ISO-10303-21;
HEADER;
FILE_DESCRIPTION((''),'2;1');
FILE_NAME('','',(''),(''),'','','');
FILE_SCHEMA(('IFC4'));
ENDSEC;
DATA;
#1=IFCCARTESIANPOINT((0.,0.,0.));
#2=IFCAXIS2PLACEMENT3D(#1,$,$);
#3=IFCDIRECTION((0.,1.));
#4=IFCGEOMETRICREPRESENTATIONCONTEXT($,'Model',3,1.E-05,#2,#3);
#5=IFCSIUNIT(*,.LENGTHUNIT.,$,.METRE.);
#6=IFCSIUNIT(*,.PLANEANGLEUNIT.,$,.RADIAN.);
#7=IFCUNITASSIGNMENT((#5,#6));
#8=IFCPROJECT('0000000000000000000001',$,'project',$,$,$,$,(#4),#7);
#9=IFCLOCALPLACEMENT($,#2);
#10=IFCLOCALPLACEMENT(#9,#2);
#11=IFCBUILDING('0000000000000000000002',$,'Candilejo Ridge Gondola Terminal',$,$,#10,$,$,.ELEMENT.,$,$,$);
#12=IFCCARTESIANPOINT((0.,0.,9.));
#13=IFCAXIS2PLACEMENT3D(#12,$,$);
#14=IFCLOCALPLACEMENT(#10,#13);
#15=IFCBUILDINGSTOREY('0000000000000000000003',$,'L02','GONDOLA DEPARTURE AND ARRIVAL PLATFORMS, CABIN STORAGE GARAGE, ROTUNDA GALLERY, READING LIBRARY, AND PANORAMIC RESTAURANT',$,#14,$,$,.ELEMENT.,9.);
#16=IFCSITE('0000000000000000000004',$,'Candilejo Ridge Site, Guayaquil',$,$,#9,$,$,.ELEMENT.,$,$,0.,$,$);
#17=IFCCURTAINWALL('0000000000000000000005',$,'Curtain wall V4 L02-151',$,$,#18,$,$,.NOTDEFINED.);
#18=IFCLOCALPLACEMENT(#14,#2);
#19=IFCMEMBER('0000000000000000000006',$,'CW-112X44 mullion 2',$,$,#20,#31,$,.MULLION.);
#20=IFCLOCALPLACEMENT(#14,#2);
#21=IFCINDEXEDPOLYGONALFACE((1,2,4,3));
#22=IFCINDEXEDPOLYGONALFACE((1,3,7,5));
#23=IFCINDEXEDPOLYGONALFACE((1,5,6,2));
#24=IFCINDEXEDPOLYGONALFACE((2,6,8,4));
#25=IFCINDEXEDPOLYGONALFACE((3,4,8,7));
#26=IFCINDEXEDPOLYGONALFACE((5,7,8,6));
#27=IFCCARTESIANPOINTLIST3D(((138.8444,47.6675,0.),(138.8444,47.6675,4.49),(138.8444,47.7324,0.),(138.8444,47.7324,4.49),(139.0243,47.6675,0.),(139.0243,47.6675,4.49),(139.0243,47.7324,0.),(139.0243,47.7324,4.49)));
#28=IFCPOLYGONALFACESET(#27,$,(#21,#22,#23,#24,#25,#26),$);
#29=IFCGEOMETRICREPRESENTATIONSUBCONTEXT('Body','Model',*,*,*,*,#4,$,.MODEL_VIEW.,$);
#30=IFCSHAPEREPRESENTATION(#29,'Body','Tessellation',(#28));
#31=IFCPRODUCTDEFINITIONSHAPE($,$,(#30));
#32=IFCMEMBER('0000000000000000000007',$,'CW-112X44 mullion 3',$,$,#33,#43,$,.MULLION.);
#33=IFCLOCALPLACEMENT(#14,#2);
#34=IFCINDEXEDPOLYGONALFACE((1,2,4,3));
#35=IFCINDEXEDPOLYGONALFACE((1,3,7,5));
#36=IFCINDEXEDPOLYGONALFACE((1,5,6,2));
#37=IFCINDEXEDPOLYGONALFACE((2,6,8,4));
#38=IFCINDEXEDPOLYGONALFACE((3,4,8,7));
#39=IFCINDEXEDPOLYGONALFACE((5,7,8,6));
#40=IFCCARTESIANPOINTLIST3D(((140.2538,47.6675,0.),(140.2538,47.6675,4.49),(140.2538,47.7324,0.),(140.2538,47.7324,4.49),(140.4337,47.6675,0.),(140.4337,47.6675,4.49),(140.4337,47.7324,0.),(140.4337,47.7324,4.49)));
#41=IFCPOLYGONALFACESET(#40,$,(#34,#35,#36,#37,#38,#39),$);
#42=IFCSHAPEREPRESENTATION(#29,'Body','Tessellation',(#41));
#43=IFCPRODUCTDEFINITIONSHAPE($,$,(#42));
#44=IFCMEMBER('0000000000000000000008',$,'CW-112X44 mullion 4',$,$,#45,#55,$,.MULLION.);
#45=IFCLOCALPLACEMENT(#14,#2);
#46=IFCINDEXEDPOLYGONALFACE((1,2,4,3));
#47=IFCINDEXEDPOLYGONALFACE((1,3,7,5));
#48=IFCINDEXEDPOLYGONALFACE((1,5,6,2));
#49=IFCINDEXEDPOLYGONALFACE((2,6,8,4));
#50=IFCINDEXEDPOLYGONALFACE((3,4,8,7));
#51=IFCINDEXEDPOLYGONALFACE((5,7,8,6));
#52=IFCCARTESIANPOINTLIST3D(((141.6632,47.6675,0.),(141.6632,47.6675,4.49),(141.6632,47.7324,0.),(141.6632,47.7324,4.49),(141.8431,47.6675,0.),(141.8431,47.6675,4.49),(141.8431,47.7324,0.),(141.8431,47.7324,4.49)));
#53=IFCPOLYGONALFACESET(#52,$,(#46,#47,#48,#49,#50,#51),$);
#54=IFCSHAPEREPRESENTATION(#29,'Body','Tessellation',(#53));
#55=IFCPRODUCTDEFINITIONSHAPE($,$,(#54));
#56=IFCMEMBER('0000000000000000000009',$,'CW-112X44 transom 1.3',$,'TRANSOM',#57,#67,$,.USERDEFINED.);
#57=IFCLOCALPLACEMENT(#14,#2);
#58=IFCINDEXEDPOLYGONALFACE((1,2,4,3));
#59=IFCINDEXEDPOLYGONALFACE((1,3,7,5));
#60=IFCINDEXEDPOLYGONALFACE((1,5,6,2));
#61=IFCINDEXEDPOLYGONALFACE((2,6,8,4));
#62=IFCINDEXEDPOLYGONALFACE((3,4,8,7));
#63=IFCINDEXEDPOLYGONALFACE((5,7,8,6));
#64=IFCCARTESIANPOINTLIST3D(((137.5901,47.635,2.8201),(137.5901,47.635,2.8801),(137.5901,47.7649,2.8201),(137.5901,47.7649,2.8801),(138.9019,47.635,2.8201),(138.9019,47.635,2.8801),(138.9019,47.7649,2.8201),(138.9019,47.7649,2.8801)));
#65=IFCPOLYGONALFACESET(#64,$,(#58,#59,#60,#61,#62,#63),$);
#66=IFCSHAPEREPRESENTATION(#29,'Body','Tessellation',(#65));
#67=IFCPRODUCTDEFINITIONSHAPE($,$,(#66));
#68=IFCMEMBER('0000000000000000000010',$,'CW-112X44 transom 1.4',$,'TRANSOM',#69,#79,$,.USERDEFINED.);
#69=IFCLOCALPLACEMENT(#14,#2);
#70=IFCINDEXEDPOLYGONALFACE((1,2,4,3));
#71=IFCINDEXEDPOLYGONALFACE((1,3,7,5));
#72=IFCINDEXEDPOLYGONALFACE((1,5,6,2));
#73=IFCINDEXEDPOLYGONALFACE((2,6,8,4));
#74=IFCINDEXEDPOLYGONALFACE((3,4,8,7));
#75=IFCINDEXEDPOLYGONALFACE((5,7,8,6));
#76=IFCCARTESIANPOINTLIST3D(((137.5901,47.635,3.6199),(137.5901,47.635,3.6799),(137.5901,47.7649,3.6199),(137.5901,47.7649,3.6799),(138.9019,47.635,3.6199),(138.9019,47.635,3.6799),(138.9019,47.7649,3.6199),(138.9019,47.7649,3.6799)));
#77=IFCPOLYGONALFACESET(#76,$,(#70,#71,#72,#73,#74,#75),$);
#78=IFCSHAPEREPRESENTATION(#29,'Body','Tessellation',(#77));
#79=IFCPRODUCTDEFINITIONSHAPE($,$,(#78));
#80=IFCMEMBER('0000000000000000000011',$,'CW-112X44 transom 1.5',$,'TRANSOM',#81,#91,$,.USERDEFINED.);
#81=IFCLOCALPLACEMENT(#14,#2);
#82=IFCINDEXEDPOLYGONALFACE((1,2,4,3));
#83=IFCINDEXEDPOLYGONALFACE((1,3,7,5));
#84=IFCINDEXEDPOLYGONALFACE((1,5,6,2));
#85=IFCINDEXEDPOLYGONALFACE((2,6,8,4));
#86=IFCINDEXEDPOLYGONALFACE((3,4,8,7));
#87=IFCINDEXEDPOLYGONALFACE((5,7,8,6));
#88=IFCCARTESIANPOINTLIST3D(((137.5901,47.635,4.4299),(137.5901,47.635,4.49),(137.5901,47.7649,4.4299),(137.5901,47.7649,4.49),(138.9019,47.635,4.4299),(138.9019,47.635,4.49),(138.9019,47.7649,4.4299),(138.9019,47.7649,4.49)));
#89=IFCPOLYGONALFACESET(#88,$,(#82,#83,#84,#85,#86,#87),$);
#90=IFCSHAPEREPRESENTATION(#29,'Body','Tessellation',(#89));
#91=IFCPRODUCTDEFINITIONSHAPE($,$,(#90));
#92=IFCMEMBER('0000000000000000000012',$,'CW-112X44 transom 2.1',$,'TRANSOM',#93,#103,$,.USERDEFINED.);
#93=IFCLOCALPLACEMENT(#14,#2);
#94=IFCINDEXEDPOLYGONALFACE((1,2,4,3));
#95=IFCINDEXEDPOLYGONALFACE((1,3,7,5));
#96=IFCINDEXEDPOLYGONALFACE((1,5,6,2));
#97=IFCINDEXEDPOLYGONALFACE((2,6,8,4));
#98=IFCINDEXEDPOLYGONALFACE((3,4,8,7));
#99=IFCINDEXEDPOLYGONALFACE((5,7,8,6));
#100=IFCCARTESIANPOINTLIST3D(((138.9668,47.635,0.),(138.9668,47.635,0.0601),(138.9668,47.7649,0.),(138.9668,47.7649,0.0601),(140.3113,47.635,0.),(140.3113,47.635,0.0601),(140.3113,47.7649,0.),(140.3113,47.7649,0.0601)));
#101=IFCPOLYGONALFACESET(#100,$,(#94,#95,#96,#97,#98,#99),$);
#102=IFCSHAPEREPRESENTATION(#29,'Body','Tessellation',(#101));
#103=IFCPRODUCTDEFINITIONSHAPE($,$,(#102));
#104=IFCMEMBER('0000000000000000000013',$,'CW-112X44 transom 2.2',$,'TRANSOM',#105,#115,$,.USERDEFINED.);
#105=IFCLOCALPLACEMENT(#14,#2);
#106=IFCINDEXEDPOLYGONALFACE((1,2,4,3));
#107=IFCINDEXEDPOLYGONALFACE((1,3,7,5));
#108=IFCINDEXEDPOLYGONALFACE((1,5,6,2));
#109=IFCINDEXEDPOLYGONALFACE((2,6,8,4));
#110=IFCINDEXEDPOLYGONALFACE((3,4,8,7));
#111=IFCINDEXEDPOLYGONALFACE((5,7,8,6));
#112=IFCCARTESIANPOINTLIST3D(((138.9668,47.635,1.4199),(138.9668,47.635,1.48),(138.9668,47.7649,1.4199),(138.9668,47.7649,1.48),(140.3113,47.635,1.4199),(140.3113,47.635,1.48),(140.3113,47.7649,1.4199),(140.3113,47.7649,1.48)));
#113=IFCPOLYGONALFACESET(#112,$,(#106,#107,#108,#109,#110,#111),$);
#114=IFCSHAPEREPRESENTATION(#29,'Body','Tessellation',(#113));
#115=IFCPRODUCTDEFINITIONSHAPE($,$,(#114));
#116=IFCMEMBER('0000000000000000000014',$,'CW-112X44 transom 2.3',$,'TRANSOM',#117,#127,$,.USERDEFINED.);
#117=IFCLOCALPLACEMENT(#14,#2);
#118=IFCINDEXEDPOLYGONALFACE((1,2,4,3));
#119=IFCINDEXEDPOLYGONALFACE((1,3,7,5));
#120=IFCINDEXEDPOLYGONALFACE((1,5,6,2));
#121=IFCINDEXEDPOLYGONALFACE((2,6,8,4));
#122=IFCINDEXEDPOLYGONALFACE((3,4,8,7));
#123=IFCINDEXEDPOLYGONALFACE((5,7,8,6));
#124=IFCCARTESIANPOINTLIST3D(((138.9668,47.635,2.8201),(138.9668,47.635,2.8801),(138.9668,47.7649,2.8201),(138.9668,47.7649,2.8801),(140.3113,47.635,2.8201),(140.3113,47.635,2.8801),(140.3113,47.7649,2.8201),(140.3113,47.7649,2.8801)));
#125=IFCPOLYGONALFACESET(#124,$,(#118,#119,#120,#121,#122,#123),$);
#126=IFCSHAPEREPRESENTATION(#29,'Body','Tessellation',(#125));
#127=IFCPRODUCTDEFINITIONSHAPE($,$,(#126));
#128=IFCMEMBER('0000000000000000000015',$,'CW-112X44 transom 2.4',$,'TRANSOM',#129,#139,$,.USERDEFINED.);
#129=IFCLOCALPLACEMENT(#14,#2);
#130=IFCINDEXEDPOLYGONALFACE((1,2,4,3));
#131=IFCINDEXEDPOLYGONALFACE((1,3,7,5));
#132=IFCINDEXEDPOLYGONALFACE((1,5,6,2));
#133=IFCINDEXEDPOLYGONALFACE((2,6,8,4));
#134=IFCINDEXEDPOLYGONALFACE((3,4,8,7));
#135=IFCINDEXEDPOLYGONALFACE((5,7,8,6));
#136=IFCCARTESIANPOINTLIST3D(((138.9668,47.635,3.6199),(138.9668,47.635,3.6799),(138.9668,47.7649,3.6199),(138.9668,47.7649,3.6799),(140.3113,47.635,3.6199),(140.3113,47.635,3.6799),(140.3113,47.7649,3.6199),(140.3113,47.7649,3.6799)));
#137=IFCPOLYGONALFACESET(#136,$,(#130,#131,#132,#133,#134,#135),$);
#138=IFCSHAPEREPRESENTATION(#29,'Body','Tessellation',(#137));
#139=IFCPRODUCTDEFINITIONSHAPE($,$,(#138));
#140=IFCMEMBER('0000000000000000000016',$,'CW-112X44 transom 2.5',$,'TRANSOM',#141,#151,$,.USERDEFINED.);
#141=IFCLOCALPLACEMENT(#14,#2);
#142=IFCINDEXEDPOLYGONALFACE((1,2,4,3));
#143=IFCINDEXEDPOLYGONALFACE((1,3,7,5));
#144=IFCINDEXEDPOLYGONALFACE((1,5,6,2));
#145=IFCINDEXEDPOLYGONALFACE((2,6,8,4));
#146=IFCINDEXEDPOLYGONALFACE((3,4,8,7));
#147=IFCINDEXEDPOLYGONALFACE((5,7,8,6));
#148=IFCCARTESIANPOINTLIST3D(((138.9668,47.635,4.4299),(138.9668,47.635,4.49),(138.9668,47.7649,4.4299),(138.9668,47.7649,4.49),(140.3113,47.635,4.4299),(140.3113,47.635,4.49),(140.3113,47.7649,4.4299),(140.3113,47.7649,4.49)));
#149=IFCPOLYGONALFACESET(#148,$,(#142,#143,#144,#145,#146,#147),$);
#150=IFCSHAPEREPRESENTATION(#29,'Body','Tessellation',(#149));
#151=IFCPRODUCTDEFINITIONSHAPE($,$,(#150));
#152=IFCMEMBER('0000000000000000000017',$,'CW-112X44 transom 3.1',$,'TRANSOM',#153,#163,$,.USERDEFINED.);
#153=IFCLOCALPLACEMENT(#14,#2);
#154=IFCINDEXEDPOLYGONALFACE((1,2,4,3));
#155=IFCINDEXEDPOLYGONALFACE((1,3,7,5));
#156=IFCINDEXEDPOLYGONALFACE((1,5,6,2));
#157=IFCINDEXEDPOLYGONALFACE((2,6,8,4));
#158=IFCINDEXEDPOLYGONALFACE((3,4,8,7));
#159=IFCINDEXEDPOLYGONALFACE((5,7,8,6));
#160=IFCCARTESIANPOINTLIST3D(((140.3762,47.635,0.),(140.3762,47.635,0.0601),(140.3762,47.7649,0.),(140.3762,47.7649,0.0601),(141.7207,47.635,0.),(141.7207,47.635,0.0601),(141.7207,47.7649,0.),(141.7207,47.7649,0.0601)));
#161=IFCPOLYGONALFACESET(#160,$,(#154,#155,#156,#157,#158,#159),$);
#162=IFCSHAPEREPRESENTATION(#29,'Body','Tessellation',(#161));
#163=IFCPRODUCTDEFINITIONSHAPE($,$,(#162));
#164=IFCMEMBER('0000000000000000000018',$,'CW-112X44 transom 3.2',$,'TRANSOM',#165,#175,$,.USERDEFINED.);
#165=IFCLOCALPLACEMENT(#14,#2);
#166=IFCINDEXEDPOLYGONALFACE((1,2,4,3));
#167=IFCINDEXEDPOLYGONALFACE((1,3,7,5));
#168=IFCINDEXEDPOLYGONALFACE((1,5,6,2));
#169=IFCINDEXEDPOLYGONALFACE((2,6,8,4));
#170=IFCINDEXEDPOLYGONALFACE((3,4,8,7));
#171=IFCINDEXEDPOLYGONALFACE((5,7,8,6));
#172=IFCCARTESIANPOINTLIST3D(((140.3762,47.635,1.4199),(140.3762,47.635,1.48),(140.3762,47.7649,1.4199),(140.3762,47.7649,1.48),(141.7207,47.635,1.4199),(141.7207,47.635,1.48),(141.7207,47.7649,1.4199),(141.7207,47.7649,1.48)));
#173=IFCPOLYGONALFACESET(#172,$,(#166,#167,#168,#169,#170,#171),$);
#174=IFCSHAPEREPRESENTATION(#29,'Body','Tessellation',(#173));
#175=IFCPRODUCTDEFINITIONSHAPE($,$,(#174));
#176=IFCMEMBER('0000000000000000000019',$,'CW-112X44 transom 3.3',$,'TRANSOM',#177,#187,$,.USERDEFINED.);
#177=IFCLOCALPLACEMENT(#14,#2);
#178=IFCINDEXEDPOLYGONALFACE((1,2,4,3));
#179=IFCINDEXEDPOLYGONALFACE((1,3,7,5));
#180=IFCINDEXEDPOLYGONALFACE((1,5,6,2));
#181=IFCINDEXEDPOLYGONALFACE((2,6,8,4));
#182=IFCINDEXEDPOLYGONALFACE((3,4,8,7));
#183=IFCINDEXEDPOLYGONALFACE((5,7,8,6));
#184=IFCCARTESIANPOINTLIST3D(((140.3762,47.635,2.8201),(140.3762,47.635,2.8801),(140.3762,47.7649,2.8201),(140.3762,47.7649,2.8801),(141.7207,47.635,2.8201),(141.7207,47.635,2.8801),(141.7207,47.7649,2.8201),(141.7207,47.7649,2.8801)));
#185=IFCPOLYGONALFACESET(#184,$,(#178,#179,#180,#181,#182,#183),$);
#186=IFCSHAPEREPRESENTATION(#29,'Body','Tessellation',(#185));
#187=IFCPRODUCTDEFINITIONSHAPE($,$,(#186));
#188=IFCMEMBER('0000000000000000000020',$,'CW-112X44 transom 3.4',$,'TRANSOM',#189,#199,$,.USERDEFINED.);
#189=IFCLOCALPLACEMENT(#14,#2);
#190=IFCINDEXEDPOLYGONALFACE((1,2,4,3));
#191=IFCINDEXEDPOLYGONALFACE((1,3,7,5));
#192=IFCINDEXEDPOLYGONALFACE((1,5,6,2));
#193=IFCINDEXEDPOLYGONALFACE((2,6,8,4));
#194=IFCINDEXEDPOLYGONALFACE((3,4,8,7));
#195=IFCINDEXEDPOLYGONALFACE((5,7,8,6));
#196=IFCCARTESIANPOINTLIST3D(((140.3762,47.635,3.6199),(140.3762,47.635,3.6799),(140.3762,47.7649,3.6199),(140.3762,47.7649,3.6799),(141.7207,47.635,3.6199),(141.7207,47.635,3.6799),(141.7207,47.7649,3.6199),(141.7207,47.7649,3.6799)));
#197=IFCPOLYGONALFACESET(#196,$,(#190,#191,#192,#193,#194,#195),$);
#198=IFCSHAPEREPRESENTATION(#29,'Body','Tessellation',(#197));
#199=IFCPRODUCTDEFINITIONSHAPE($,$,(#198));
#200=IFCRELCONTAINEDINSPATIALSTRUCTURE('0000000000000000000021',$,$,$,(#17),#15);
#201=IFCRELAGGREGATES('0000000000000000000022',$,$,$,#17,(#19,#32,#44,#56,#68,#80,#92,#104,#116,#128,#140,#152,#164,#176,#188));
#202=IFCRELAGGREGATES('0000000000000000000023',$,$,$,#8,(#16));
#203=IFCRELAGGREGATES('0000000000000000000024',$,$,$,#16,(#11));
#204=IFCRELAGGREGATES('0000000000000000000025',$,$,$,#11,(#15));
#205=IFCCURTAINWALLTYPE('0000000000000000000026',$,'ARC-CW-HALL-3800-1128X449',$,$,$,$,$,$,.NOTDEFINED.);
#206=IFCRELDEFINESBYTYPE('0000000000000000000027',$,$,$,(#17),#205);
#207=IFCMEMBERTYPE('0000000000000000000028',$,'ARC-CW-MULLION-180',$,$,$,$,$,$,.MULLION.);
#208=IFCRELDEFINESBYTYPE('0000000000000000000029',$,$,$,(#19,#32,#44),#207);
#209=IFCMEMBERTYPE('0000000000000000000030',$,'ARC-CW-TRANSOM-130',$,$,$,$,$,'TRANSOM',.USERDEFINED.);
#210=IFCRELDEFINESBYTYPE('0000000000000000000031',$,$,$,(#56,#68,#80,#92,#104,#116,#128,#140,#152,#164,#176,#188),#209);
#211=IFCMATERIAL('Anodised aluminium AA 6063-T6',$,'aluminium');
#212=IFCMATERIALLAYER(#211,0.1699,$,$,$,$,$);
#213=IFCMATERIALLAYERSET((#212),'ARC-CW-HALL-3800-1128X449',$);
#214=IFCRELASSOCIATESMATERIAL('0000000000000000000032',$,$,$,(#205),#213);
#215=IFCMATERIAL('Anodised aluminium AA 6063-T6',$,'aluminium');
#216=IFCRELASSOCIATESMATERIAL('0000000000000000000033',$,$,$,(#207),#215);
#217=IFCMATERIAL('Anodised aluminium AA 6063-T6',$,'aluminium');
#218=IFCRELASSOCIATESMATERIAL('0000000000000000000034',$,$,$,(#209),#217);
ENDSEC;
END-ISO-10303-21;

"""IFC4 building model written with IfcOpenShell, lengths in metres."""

from ifc_helpers import new_model, si_unit, direction, frame, origin, origin_2d, place, context, subcontext, project, spatial, rectangle, extrude, material, layer, layer_set, material_profile, profile_set, type_object, element, aggregate, save


model = new_model("IFC4")

# Units and contexts
model_context = context("Model", 3, precision=1e-05, world=origin(), true_north=direction((0.0, 1.0)))
body_context = subcontext(model_context, "Body", "Model", "MODEL_VIEW")
ifc_project = project(units=[si_unit("LENGTHUNIT", "METRE"), si_unit("PLANEANGLEUNIT", "RADIAN")], contexts=[model_context])

# Site, building, storey
site_placement = place(None, origin())
site = spatial("IfcSite", under=ifc_project, at=site_placement, Name="Candilejo Ridge Site, Guayaquil", CompositionType="ELEMENT", RefElevation=0.0)
building_placement = place(site_placement, origin())
building = spatial("IfcBuilding", under=site, at=building_placement, Name="Candilejo Ridge Gondola Terminal", CompositionType="ELEMENT")
storey_placement = place(building_placement, frame((0.0, 0.0, 9.0)))
storey = spatial("IfcBuildingStorey", under=building, at=storey_placement, Name="L02", Description="GONDOLA DEPARTURE AND ARRIVAL PLATFORMS, CABIN STORAGE GARAGE, ROTUNDA GALLERY, READING LIBRARY, AND PANORAMIC RESTAURANT", CompositionType="ELEMENT", Elevation=9.0)

# Curtain wall, members
ifc_material_1 = material(Name="Anodised aluminium AA 6063-T6", Category="aluminium")
ifc_layer_1 = layer(ifc_material_1, 0.1699)
ifc_layer_set_1 = layer_set([ifc_layer_1], Name="ARC-CW-HALL-3800-1128X449")
curtain_wall_type = type_object("IfcCurtainWallType", Name="ARC-CW-HALL-3800-1128X449", PredefinedType="NOTDEFINED", material=ifc_layer_set_1)
curtain_wall_placement = place(storey_placement, origin())
curtain_wall = element("IfcCurtainWall", 1, at=curtain_wall_placement, inside=storey, type_object=curtain_wall_type, Name="Curtain wall V4 L02-151", PredefinedType="NOTDEFINED")
ifc_material_2 = material(Name="Anodised aluminium AA 6063-T6", Category="aluminium")
ifc_material_profile_1 = material_profile(ifc_material_2, rectangle(XDim=0.0649, YDim=0.1799, at=origin_2d()))
ifc_profile_set_1 = profile_set([ifc_material_profile_1], Name="Anodised aluminium AA 6063-T6")
member_type_1 = type_object("IfcMemberType", Name="ARC-CW-MULLION-180", PredefinedType="MULLION", material=ifc_profile_set_1)
member_1_placement = place(storey_placement, frame((138.9343, 47.7, 0.0), z_axis=(0.0, 0.0, 1.0), x_axis=(0.0, 1.0, 0.0)))
member_1 = element("IfcMember", 2, at=member_1_placement, type_object=member_type_1, Name="CW-112X44 mullion 2", PredefinedType="MULLION", context=body_context, shape_type="SweptSolid", body=[
    extrude(rectangle(XDim=0.0649, YDim=0.1799, at=origin_2d()), origin(), (0.0, 0.0, 1.0), 4.49),
])
member_2_placement = place(storey_placement, frame((140.3438, 47.7, 0.0), z_axis=(0.0, 0.0, 1.0), x_axis=(0.0, 1.0, 0.0)))
member_2 = element("IfcMember", 3, at=member_2_placement, type_object=member_type_1, Name="CW-112X44 mullion 3", PredefinedType="MULLION", context=body_context, shape_type="SweptSolid", body=[
    extrude(rectangle(XDim=0.0649, YDim=0.1799, at=origin_2d()), origin(), (0.0, 0.0, 1.0), 4.49),
])
member_3_placement = place(storey_placement, frame((141.7532, 47.7, 0.0), z_axis=(0.0, 0.0, 1.0), x_axis=(0.0, 1.0, 0.0)))
member_3 = element("IfcMember", 4, at=member_3_placement, type_object=member_type_1, Name="CW-112X44 mullion 4", PredefinedType="MULLION", context=body_context, shape_type="SweptSolid", body=[
    extrude(rectangle(XDim=0.0649, YDim=0.1799, at=origin_2d()), origin(), (0.0, 0.0, 1.0), 4.49),
])
ifc_material_3 = material(Name="Anodised aluminium AA 6063-T6", Category="aluminium")
ifc_material_profile_2 = material_profile(ifc_material_3, rectangle(XDim=0.1299, YDim=0.0601, at=origin_2d()))
ifc_profile_set_2 = profile_set([ifc_material_profile_2], Name="Anodised aluminium AA 6063-T6")
member_type_2 = type_object("IfcMemberType", Name="ARC-CW-TRANSOM-130", ElementType="TRANSOM", PredefinedType="USERDEFINED", material=ifc_profile_set_2)
member_4_placement = place(storey_placement, frame((137.5901, 47.7, 2.8501), z_axis=(1.0, 0.0, 0.0), x_axis=(0.0, 1.0, 0.0)))
member_4 = element("IfcMember", 5, at=member_4_placement, type_object=member_type_2, Name="CW-112X44 transom 1.3", ObjectType="TRANSOM", PredefinedType="USERDEFINED", context=body_context, shape_type="SweptSolid", body=[
    extrude(rectangle(XDim=0.1299, YDim=0.0601, at=origin_2d()), origin(), (0.0, 0.0, 1.0), 1.3118),
])
member_5_placement = place(storey_placement, frame((137.5901, 47.7, 3.6499), z_axis=(1.0, 0.0, 0.0), x_axis=(0.0, 1.0, 0.0)))
member_5 = element("IfcMember", 6, at=member_5_placement, type_object=member_type_2, Name="CW-112X44 transom 1.4", ObjectType="TRANSOM", PredefinedType="USERDEFINED", context=body_context, shape_type="SweptSolid", body=[
    extrude(rectangle(XDim=0.1299, YDim=0.0601, at=origin_2d()), origin(), (0.0, 0.0, 1.0), 1.3118),
])
member_6_placement = place(storey_placement, frame((137.5901, 47.7, 4.46), z_axis=(1.0, 0.0, 0.0), x_axis=(0.0, 1.0, 0.0)))
member_6 = element("IfcMember", 7, at=member_6_placement, type_object=member_type_2, Name="CW-112X44 transom 1.5", ObjectType="TRANSOM", PredefinedType="USERDEFINED", context=body_context, shape_type="SweptSolid", body=[
    extrude(rectangle(XDim=0.1299, YDim=0.0601, at=origin_2d()), origin(), (0.0, 0.0, 1.0), 1.3118),
])
member_7_placement = place(storey_placement, frame((138.9668, 47.7, 0.03), z_axis=(1.0, 0.0, 0.0), x_axis=(0.0, 1.0, 0.0)))
member_7 = element("IfcMember", 8, at=member_7_placement, type_object=member_type_2, Name="CW-112X44 transom 2.1", ObjectType="TRANSOM", PredefinedType="USERDEFINED", context=body_context, shape_type="SweptSolid", body=[
    extrude(rectangle(XDim=0.1299, YDim=0.0601, at=origin_2d()), origin(), (0.0, 0.0, 1.0), 1.3445),
])
member_8_placement = place(storey_placement, frame((138.9668, 47.7, 1.45), z_axis=(1.0, 0.0, 0.0), x_axis=(0.0, 1.0, 0.0)))
member_8 = element("IfcMember", 9, at=member_8_placement, type_object=member_type_2, Name="CW-112X44 transom 2.2", ObjectType="TRANSOM", PredefinedType="USERDEFINED", context=body_context, shape_type="SweptSolid", body=[
    extrude(rectangle(XDim=0.1299, YDim=0.0601, at=origin_2d()), origin(), (0.0, 0.0, 1.0), 1.3445),
])
member_9_placement = place(storey_placement, frame((138.9668, 47.7, 2.8501), z_axis=(1.0, 0.0, 0.0), x_axis=(0.0, 1.0, 0.0)))
member_9 = element("IfcMember", 10, at=member_9_placement, type_object=member_type_2, Name="CW-112X44 transom 2.3", ObjectType="TRANSOM", PredefinedType="USERDEFINED", context=body_context, shape_type="SweptSolid", body=[
    extrude(rectangle(XDim=0.1299, YDim=0.0601, at=origin_2d()), origin(), (0.0, 0.0, 1.0), 1.3445),
])
member_10_placement = place(storey_placement, frame((138.9668, 47.7, 3.6499), z_axis=(1.0, 0.0, 0.0), x_axis=(0.0, 1.0, 0.0)))
member_10 = element("IfcMember", 11, at=member_10_placement, type_object=member_type_2, Name="CW-112X44 transom 2.4", ObjectType="TRANSOM", PredefinedType="USERDEFINED", context=body_context, shape_type="SweptSolid", body=[
    extrude(rectangle(XDim=0.1299, YDim=0.0601, at=origin_2d()), origin(), (0.0, 0.0, 1.0), 1.3445),
])
member_11_placement = place(storey_placement, frame((138.9668, 47.7, 4.46), z_axis=(1.0, 0.0, 0.0), x_axis=(0.0, 1.0, 0.0)))
member_11 = element("IfcMember", 12, at=member_11_placement, type_object=member_type_2, Name="CW-112X44 transom 2.5", ObjectType="TRANSOM", PredefinedType="USERDEFINED", context=body_context, shape_type="SweptSolid", body=[
    extrude(rectangle(XDim=0.1299, YDim=0.0601, at=origin_2d()), origin(), (0.0, 0.0, 1.0), 1.3445),
])
member_12_placement = place(storey_placement, frame((140.3762, 47.7, 0.03), z_axis=(1.0, 0.0, 0.0), x_axis=(0.0, 1.0, 0.0)))
member_12 = element("IfcMember", 13, at=member_12_placement, type_object=member_type_2, Name="CW-112X44 transom 3.1", ObjectType="TRANSOM", PredefinedType="USERDEFINED", context=body_context, shape_type="SweptSolid", body=[
    extrude(rectangle(XDim=0.1299, YDim=0.0601, at=origin_2d()), origin(), (0.0, 0.0, 1.0), 1.3445),
])
member_13_placement = place(storey_placement, frame((140.3762, 47.7, 1.45), z_axis=(1.0, 0.0, 0.0), x_axis=(0.0, 1.0, 0.0)))
member_13 = element("IfcMember", 14, at=member_13_placement, type_object=member_type_2, Name="CW-112X44 transom 3.2", ObjectType="TRANSOM", PredefinedType="USERDEFINED", context=body_context, shape_type="SweptSolid", body=[
    extrude(rectangle(XDim=0.1299, YDim=0.0601, at=origin_2d()), origin(), (0.0, 0.0, 1.0), 1.3445),
])
member_14_placement = place(storey_placement, frame((140.3762, 47.7, 2.8501), z_axis=(1.0, 0.0, 0.0), x_axis=(0.0, 1.0, 0.0)))
member_14 = element("IfcMember", 15, at=member_14_placement, type_object=member_type_2, Name="CW-112X44 transom 3.3", ObjectType="TRANSOM", PredefinedType="USERDEFINED", context=body_context, shape_type="SweptSolid", body=[
    extrude(rectangle(XDim=0.1299, YDim=0.0601, at=origin_2d()), origin(), (0.0, 0.0, 1.0), 1.3445),
])
member_15_placement = place(storey_placement, frame((140.3762, 47.7, 3.6499), z_axis=(1.0, 0.0, 0.0), x_axis=(0.0, 1.0, 0.0)))
member_15 = element("IfcMember", 16, at=member_15_placement, type_object=member_type_2, Name="CW-112X44 transom 3.4", ObjectType="TRANSOM", PredefinedType="USERDEFINED", context=body_context, shape_type="SweptSolid", body=[
    extrude(rectangle(XDim=0.1299, YDim=0.0601, at=origin_2d()), origin(), (0.0, 0.0, 1.0), 1.3445),
])
aggregate(curtain_wall, [member_1, member_2, member_3, member_4, member_5, member_6, member_7, member_8, member_9, member_10, member_11, member_12, member_13, member_14, member_15])

save(model, "model.ifc")
